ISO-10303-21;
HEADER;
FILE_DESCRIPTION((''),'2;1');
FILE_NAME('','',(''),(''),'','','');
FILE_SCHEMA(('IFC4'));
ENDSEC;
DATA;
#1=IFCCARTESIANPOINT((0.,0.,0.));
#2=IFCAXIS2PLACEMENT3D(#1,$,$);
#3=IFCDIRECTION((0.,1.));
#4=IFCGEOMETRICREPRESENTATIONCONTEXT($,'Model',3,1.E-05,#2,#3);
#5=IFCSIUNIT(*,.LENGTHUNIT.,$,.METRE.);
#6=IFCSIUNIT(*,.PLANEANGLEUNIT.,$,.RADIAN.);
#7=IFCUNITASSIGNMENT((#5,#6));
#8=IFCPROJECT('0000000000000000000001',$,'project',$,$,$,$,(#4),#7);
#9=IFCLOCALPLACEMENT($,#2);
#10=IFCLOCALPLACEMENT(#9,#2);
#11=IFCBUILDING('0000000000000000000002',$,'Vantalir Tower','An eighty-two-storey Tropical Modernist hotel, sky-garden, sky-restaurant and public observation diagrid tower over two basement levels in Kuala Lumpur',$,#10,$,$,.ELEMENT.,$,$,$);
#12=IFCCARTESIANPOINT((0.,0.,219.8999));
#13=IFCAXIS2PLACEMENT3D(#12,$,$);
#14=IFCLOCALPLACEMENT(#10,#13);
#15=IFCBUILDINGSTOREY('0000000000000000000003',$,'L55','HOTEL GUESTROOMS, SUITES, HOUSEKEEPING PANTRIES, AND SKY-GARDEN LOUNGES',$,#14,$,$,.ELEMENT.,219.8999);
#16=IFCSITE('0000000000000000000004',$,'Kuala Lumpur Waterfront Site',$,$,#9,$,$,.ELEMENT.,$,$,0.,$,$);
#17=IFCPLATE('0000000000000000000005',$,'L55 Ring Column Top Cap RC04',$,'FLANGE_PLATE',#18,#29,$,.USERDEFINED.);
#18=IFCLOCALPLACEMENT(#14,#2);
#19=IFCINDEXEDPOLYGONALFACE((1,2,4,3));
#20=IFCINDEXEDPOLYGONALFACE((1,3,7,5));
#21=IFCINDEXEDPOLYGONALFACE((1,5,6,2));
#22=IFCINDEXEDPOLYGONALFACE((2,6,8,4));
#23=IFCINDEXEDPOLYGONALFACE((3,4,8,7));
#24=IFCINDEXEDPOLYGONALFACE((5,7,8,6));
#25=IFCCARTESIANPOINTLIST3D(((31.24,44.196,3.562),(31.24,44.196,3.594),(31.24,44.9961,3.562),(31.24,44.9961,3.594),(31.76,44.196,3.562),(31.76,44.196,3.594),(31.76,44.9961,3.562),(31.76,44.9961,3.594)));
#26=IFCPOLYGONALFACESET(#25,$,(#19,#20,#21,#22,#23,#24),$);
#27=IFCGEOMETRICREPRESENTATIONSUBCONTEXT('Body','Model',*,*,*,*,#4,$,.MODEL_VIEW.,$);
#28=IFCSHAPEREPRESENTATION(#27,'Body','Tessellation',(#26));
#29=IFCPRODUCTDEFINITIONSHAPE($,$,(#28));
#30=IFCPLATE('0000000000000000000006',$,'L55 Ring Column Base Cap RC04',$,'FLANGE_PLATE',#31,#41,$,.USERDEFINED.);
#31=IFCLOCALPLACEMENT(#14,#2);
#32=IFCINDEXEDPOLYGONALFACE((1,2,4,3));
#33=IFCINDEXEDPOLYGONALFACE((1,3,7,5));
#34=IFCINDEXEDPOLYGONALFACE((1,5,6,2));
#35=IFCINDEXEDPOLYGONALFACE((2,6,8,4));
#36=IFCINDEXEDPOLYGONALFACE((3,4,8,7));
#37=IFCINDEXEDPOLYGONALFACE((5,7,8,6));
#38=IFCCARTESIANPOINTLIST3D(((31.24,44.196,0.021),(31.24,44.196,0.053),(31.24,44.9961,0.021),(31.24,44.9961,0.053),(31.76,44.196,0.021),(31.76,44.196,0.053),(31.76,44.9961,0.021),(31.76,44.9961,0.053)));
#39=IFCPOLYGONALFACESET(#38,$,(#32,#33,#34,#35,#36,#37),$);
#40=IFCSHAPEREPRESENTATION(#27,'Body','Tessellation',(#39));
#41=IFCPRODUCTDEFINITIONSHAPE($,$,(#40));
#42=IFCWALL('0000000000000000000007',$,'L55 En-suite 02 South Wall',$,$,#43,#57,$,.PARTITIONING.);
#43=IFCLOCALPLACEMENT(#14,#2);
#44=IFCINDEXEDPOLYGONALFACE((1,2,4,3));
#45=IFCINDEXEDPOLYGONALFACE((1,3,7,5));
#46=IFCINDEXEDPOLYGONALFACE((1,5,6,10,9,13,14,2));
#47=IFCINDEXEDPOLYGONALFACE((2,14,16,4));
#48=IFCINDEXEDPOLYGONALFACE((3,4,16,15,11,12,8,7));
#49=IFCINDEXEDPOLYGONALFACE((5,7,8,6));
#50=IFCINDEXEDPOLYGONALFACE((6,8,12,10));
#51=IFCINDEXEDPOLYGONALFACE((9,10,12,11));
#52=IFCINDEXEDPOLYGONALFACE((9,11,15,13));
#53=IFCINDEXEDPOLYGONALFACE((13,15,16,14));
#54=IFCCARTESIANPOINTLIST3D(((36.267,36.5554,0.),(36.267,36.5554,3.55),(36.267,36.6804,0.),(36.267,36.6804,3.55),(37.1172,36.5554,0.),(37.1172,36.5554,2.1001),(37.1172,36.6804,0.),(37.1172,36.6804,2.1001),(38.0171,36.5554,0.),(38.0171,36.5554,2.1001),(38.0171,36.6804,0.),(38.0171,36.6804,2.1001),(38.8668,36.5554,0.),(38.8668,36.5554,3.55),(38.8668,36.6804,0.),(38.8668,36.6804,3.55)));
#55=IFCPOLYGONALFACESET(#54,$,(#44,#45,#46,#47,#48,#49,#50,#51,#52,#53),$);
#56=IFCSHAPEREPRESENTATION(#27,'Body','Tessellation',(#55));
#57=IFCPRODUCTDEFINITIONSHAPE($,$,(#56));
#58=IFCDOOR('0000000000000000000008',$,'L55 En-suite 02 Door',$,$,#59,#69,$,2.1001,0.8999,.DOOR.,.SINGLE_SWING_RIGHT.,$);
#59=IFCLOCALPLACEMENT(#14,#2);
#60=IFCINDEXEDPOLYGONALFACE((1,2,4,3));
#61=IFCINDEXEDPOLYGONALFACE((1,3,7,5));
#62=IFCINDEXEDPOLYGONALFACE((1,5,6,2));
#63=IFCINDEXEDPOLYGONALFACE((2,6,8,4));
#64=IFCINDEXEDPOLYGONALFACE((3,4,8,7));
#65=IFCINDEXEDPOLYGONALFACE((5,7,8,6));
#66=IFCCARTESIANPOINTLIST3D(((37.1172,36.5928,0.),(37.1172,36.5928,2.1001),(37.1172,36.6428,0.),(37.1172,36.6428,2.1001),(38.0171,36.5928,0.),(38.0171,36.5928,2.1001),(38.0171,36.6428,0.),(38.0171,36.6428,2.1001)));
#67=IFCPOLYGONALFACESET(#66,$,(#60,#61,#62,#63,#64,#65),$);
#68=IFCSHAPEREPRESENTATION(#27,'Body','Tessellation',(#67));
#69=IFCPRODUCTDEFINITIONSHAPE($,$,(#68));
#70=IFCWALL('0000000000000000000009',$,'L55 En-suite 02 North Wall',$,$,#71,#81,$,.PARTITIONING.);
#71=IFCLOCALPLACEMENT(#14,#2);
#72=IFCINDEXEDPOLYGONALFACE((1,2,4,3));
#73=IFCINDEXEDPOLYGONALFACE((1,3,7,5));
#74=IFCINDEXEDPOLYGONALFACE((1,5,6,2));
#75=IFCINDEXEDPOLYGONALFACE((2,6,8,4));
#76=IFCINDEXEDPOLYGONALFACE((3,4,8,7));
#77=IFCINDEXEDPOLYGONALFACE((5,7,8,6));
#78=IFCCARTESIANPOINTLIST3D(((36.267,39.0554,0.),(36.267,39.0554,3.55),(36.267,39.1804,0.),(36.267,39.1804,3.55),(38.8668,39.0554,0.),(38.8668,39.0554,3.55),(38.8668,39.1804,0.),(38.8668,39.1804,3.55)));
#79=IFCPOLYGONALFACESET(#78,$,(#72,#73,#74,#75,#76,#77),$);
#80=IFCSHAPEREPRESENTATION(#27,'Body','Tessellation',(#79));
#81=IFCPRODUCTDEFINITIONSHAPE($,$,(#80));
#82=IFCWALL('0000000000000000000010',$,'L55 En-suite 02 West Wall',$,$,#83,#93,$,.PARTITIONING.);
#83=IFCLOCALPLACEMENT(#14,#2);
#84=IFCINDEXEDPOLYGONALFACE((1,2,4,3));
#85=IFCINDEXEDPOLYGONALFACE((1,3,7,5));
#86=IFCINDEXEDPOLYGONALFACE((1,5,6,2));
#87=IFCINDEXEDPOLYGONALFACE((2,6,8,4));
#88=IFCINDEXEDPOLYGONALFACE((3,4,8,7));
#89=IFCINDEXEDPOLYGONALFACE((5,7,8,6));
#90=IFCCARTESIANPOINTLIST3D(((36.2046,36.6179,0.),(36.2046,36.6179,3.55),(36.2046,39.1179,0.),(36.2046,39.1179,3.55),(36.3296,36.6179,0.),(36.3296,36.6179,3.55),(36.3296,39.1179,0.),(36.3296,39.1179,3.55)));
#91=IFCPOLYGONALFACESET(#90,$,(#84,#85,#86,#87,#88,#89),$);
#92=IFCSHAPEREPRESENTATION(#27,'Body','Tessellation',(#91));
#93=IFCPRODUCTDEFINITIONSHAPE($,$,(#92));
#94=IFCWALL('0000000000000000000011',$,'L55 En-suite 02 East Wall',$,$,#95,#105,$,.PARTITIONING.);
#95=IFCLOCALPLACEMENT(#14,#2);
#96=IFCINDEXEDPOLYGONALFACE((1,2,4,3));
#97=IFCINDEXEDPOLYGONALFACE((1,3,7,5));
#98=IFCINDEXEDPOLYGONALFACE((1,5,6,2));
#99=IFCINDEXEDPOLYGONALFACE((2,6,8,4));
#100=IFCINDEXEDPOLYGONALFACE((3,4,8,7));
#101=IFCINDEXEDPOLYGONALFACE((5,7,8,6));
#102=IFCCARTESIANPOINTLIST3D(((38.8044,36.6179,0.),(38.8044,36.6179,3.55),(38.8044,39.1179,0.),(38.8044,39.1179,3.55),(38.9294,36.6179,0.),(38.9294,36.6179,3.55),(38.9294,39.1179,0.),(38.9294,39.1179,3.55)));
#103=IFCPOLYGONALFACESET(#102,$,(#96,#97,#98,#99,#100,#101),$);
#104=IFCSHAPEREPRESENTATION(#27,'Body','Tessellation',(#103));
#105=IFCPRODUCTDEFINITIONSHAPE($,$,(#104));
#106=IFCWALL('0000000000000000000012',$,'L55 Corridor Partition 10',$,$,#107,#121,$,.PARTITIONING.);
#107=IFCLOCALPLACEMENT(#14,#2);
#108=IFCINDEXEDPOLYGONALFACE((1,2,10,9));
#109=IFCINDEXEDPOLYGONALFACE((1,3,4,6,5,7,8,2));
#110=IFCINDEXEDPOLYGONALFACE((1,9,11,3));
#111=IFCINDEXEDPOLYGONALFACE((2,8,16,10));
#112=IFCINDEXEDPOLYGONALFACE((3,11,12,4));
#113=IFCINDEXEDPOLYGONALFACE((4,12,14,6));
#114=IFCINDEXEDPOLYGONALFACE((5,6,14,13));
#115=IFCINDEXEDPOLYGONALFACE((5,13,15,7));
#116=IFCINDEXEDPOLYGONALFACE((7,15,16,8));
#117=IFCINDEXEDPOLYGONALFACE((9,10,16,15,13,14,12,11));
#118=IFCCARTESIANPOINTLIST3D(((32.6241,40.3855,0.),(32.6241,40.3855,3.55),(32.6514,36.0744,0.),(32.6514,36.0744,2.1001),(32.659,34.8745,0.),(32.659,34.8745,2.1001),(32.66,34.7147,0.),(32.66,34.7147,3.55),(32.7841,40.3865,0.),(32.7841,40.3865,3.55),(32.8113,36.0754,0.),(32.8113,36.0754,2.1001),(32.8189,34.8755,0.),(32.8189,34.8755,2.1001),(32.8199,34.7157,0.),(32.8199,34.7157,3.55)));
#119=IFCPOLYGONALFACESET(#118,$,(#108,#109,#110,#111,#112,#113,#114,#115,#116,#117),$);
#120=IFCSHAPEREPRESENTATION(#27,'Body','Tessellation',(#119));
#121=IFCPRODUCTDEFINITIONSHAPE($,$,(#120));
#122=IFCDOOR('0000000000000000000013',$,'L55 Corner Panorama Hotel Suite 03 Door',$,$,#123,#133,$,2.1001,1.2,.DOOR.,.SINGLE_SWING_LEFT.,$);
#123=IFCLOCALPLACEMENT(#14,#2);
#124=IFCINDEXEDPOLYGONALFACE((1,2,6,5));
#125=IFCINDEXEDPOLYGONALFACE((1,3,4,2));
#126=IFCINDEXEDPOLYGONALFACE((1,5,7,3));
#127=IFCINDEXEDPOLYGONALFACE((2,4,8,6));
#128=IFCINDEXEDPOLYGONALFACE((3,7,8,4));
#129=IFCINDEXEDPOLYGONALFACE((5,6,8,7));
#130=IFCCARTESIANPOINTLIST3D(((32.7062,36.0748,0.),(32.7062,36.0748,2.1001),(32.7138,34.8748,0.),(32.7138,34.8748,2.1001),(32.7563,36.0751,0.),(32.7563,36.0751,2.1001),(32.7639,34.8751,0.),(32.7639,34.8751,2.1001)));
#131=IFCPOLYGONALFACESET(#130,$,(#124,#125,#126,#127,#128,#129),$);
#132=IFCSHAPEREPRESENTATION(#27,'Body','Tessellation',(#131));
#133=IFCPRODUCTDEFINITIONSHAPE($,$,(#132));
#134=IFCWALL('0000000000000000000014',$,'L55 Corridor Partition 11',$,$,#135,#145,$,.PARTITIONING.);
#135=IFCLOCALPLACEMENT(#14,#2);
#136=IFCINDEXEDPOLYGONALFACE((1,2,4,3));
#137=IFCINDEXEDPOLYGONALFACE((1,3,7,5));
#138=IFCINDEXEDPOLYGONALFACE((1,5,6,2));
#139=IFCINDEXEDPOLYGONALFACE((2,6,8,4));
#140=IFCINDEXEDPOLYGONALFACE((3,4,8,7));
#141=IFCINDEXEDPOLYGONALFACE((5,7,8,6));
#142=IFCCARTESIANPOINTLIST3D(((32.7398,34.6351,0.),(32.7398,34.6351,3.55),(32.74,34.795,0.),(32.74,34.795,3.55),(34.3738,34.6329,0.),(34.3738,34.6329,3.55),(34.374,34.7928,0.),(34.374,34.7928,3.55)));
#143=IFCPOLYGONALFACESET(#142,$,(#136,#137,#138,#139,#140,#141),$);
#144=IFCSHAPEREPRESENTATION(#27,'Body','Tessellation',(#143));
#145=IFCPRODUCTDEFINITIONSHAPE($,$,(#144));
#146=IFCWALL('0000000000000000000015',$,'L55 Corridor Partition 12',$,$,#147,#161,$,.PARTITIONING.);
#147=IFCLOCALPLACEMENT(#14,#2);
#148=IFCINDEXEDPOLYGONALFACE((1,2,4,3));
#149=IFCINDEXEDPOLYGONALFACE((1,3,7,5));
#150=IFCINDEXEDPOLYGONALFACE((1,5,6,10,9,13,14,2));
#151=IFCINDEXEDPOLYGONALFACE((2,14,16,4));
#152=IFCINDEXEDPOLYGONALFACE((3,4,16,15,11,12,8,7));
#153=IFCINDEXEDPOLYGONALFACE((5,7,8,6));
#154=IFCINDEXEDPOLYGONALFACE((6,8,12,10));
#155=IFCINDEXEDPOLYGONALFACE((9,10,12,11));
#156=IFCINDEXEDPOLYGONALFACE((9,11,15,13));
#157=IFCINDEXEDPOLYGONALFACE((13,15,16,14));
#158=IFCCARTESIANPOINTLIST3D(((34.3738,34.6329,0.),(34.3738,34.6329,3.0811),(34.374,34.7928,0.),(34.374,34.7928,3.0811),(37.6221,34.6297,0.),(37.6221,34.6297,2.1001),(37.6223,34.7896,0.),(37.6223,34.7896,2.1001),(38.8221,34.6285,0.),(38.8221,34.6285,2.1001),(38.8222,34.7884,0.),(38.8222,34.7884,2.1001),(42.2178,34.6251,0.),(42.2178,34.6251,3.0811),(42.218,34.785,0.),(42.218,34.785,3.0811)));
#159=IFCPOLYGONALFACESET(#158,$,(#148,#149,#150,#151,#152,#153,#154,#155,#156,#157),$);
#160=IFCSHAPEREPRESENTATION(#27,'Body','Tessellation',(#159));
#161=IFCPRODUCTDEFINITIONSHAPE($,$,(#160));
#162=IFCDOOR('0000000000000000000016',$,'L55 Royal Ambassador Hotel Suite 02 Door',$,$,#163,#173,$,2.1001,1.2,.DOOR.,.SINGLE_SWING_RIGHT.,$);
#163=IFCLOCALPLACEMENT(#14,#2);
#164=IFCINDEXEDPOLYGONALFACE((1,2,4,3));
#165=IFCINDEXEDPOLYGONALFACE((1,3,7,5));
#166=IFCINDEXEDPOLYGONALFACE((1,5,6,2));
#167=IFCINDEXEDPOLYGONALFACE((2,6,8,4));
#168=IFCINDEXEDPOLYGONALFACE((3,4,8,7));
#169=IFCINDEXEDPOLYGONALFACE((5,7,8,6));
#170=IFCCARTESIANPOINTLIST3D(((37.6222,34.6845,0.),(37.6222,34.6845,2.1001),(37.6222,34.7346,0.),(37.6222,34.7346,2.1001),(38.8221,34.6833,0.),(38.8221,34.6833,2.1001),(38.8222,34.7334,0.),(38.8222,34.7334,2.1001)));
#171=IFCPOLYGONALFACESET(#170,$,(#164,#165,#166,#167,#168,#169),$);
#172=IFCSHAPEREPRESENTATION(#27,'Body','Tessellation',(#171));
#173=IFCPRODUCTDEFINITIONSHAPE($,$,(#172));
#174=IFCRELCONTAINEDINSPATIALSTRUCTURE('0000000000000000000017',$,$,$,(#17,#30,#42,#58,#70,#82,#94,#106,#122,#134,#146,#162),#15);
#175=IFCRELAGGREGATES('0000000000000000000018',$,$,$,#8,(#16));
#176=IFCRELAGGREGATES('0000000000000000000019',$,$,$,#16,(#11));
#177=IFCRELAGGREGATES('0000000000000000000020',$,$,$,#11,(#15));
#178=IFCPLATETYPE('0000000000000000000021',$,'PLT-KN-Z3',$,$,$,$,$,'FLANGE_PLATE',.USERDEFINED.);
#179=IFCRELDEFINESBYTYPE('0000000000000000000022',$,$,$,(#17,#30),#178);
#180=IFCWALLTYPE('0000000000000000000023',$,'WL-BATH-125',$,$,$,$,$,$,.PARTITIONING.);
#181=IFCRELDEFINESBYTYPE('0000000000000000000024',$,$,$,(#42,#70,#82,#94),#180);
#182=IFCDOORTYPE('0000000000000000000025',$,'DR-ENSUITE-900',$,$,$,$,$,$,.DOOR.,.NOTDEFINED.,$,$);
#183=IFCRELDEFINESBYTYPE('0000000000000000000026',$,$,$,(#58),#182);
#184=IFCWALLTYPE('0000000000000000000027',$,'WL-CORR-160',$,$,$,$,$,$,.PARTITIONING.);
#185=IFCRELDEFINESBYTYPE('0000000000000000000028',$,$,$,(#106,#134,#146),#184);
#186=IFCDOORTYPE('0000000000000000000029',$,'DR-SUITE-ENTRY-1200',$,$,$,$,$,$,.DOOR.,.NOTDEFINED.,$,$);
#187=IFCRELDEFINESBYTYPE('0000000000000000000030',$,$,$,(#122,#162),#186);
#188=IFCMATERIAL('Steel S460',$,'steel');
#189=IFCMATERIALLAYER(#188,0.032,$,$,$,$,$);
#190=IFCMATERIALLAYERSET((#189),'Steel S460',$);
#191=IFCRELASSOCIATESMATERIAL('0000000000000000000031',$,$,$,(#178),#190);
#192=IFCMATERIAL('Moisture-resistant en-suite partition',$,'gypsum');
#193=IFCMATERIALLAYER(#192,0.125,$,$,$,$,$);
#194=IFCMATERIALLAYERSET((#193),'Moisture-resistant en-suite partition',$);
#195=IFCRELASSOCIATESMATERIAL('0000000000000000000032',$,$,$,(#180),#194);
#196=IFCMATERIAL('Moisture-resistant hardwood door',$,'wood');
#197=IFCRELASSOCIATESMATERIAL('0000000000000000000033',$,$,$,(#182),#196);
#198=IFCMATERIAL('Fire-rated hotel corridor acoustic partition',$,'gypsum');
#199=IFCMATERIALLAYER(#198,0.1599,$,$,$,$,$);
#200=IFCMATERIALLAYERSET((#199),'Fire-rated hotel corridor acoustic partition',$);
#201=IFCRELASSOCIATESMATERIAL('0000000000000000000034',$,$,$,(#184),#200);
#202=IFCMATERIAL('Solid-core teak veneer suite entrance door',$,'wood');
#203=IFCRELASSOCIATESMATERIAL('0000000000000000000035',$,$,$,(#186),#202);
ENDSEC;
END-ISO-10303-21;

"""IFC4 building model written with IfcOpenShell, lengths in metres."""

from ifc_helpers import new_model, si_unit, direction, frame, frame_2d, origin, place, context, subcontext, project, spatial, polyline, rectangle, outline, extrude, material, layer, layer_set, type_object, element, fill, save


model = new_model("IFC4")

# Units and contexts
model_context = context("Model", 3, precision=1e-05, world=origin(), true_north=direction((0.0, 1.0)))
body_context = subcontext(model_context, "Body", "Model", "MODEL_VIEW")
ifc_project = project(units=[si_unit("LENGTHUNIT", "METRE"), si_unit("PLANEANGLEUNIT", "RADIAN")], contexts=[model_context])

# Site, building, storey
site_placement = place(None, origin())
site = spatial("IfcSite", under=ifc_project, at=site_placement, Name="Kuala Lumpur Waterfront Site", CompositionType="ELEMENT", RefElevation=0.0)
building_placement = place(site_placement, origin())
building = spatial("IfcBuilding", under=site, at=building_placement, Name="Vantalir Tower", Description="An eighty-two-storey Tropical Modernist hotel, sky-garden, sky-restaurant and public observation diagrid tower over two basement levels in Kuala Lumpur", CompositionType="ELEMENT")
storey_placement = place(building_placement, frame((0.0, 0.0, 219.8999)))
storey = spatial("IfcBuildingStorey", under=building, at=storey_placement, Name="L55", Description="HOTEL GUESTROOMS, SUITES, HOUSEKEEPING PANTRIES, AND SKY-GARDEN LOUNGES", CompositionType="ELEMENT", Elevation=219.8999)

# Shared definitions
ifc_material_1 = material(Name="Steel S460", Category="steel")

# Plates
ifc_layer_1 = layer(ifc_material_1, 0.032)
ifc_layer_set_1 = layer_set([ifc_layer_1], Name="Steel S460")
plate_type_1 = type_object("IfcPlateType", Name="PLT-KN-Z3", ElementType="FLANGE_PLATE", PredefinedType="USERDEFINED", material=ifc_layer_set_1)
for number, where, z_axis, x_axis, name in (
    (1, (31.24, 44.9961, 3.594), (0.0, 0.0, 1.0), (0.0, -1.0, 0.0), "L55 Ring Column Top Cap RC04"),
    (2, (31.24, 44.9961, 0.053), (0.0, 0.0, 1.0), (0.0, -1.0, 0.0), "L55 Ring Column Base Cap RC04"),
):
    element("IfcPlate", number, at=place(storey_placement, frame(where, z_axis=z_axis, x_axis=x_axis)), inside=storey, type_object=plate_type_1, Name=name, ObjectType="FLANGE_PLATE", PredefinedType="USERDEFINED", context=body_context, shape_type="SweptSolid", body=[
        extrude(outline(polyline([(0.0, 0.0), (0.8, 0.0), (0.8, 0.52), (0.0, 0.52), (0.0, 0.0)])), origin(), (0.0, 0.0, -1.0), 0.032),
    ])

# Wall, opening, door
ifc_material_2 = material(Name="Moisture-resistant en-suite partition", Category="gypsum")
ifc_layer_2 = layer(ifc_material_2, 0.125)
ifc_layer_set_2 = layer_set([ifc_layer_2], Name="Moisture-resistant en-suite partition")
wall_type_1 = type_object("IfcWallType", Name="WL-BATH-125", PredefinedType="PARTITIONING", material=ifc_layer_set_2)
wall_1_placement = place(storey_placement, frame((36.2671, 36.6179, 0.0), z_axis=(0.0, 0.0, 1.0), x_axis=(1.0, 0.0, 0.0)))
wall_1 = element("IfcWall", 3, at=wall_1_placement, inside=storey, type_object=wall_type_1, Name="L55 En-suite 02 South Wall", PredefinedType="PARTITIONING", context=body_context, shape_type="SweptSolid", body=[
    extrude(rectangle(XDim=2.5999, YDim=0.125, at=frame_2d((1.2998, 0.0))), origin(), (0.0, 0.0, 1.0), 3.55),
])
opening_1_placement = place(wall_1_placement, frame((0.8501, 0.0, 0.0)))
opening_1 = element("IfcOpeningElement", 4, at=opening_1_placement, cuts=wall_1, PredefinedType="OPENING", context=body_context, shape_type="SweptSolid", body=[
    extrude(rectangle(XDim=0.8999, YDim=2.1001, at=frame_2d((0.45, 1.05))), frame((0.0, 0.0725, 0.0), z_axis=(0.0, -1.0, 0.0), x_axis=(1.0, 0.0, 0.0)), (0.0, 0.0, 1.0), 0.145),
])
ifc_material_3 = material(Name="Moisture-resistant hardwood door", Category="wood")
door_type_1 = type_object("IfcDoorType", Name="DR-ENSUITE-900", OperationType="NOTDEFINED", PredefinedType="DOOR", material=ifc_material_3)
door_1_placement = place(opening_1_placement, origin())
door_1 = element("IfcDoor", 5, at=door_1_placement, inside=storey, type_object=door_type_1, Name="L55 En-suite 02 Door", OperationType="SINGLE_SWING_RIGHT", OverallHeight=2.1001, OverallWidth=0.8999, PredefinedType="DOOR", context=body_context, shape_type="SweptSolid", body=[
    extrude(rectangle(XDim=0.8999, YDim=2.1001, at=frame_2d((0.45, 1.05))), frame((0.0, 0.0249, 0.0), z_axis=(0.0, -1.0, 0.0), x_axis=(1.0, 0.0, 0.0)), (0.0, 0.0, 1.0), 0.05),
])
fill(opening_1, door_1)

# Walls
wall_2_placement = place(storey_placement, frame((36.2671, 39.1179, 0.0), z_axis=(0.0, 0.0, 1.0), x_axis=(1.0, 0.0, 0.0)))
element("IfcWall", 6, at=wall_2_placement, inside=storey, type_object=wall_type_1, Name="L55 En-suite 02 North Wall", PredefinedType="PARTITIONING", context=body_context, shape_type="SweptSolid", body=[
    extrude(rectangle(XDim=2.5999, YDim=0.125, at=frame_2d((1.2998, 0.0))), origin(), (0.0, 0.0, 1.0), 3.55),
])
for number, where, z_axis, x_axis, name in (
    (7, (36.2671, 36.6179, 0.0), (0.0, 0.0, 1.0), (0.0, 1.0, 0.0), "L55 En-suite 02 West Wall"),
    (8, (38.8669, 36.6179, 0.0), (0.0, 0.0, 1.0), (0.0, 1.0, 0.0), "L55 En-suite 02 East Wall"),
):
    element("IfcWall", number, at=place(storey_placement, frame(where, z_axis=z_axis, x_axis=x_axis)), inside=storey, type_object=wall_type_1, Name=name, PredefinedType="PARTITIONING", context=body_context, shape_type="SweptSolid", body=[
        extrude(rectangle(XDim=2.5, YDim=0.125, at=frame_2d((1.25, 0.0))), origin(), (0.0, 0.0, 1.0), 3.55),
    ])

# Wall, opening, door
ifc_material_4 = material(Name="Fire-rated hotel corridor acoustic partition", Category="gypsum")
ifc_layer_3 = layer(ifc_material_4, 0.1599)
ifc_layer_set_3 = layer_set([ifc_layer_3], Name="Fire-rated hotel corridor acoustic partition")
wall_type_2 = type_object("IfcWallType", Name="WL-CORR-160", PredefinedType="PARTITIONING", material=ifc_layer_set_3)
wall_3_placement = place(storey_placement, frame((32.7041, 40.386, 0.0), z_axis=(0.0, 0.0, 1.0), x_axis=(0.006328, -0.99998, 0.0)))
wall_3 = element("IfcWall", 9, at=wall_3_placement, inside=storey, type_object=wall_type_2, Name="L55 Corridor Partition 10", PredefinedType="PARTITIONING", context=body_context, shape_type="SweptSolid", body=[
    extrude(rectangle(XDim=5.6709, YDim=0.1599, at=frame_2d((2.8354, 0.0))), origin(), (0.0, 0.0, 1.0), 3.55),
])
opening_2_placement = place(wall_3_placement, frame((4.311, 0.0, 0.0)))
opening_2 = element("IfcOpeningElement", 10, at=opening_2_placement, cuts=wall_3, PredefinedType="OPENING", context=body_context, shape_type="SweptSolid", body=[
    extrude(rectangle(XDim=1.2, YDim=2.1001, at=frame_2d((0.6001, 1.05))), frame((0.0, 0.0898, 0.0), z_axis=(0.0, -1.0, 0.0), x_axis=(1.0, 0.0, 0.0)), (0.0, 0.0, 1.0), 0.1799),
])
ifc_material_5 = material(Name="Solid-core teak veneer suite entrance door", Category="wood")
door_type_2 = type_object("IfcDoorType", Name="DR-SUITE-ENTRY-1200", OperationType="NOTDEFINED", PredefinedType="DOOR", material=ifc_material_5)
door_2_placement = place(opening_2_placement, origin())
door_2 = element("IfcDoor", 11, at=door_2_placement, inside=storey, type_object=door_type_2, Name="L55 Corner Panorama Hotel Suite 03 Door", OperationType="SINGLE_SWING_LEFT", OverallHeight=2.1001, OverallWidth=1.2, PredefinedType="DOOR", context=body_context, shape_type="SweptSolid", body=[
    extrude(rectangle(XDim=1.2, YDim=2.1001, at=frame_2d((0.6001, 1.05))), frame((0.0, 0.0249, 0.0), z_axis=(0.0, -1.0, 0.0), x_axis=(1.0, 0.0, 0.0)), (0.0, 0.0, 1.0), 0.05),
])
fill(opening_2, door_2)

# Wall
wall_4_placement = place(storey_placement, frame((32.74, 34.7151, 0.0), z_axis=(0.0, 0.0, 1.0), x_axis=(0.999999, -0.001345, 0.0)))
element("IfcWall", 12, at=wall_4_placement, inside=storey, type_object=wall_type_2, Name="L55 Corridor Partition 11", PredefinedType="PARTITIONING", context=body_context, shape_type="SweptSolid", body=[
    extrude(rectangle(XDim=1.634, YDim=0.1599, at=frame_2d((0.8169, 0.0))), origin(), (0.0, 0.0, 1.0), 3.55),
])

# Wall, opening, door
wall_5_placement = place(storey_placement, frame((34.374, 34.7129, 0.0), z_axis=(0.0, 0.0, 1.0), x_axis=(1.0, -0.000996, 0.0)))
wall_5 = element("IfcWall", 13, at=wall_5_placement, inside=storey, type_object=wall_type_2, Name="L55 Corridor Partition 12", PredefinedType="PARTITIONING", context=body_context, shape_type="SweptSolid", body=[
    extrude(rectangle(XDim=7.844, YDim=0.1599, at=frame_2d((3.9219, 0.0))), origin(), (0.0, 0.0, 1.0), 3.0811),
])
opening_3_placement = place(wall_5_placement, frame((3.248, 0.0, 0.0)))
opening_3 = element("IfcOpeningElement", 14, at=opening_3_placement, cuts=wall_5, PredefinedType="OPENING", context=body_context, shape_type="SweptSolid", body=[
    extrude(rectangle(XDim=1.2, YDim=2.1001, at=frame_2d((0.6001, 1.05))), frame((0.0, 0.0898, 0.0), z_axis=(0.0, -1.0, 0.0), x_axis=(1.0, 0.0, 0.0)), (0.0, 0.0, 1.0), 0.1799),
])
door_3_placement = place(opening_3_placement, origin())
door_3 = element("IfcDoor", 15, at=door_3_placement, inside=storey, type_object=door_type_2, Name="L55 Royal Ambassador Hotel Suite 02 Door", OperationType="SINGLE_SWING_RIGHT", OverallHeight=2.1001, OverallWidth=1.2, PredefinedType="DOOR", context=body_context, shape_type="SweptSolid", body=[
    extrude(rectangle(XDim=1.2, YDim=2.1001, at=frame_2d((0.6001, 1.05))), frame((0.0, 0.0249, 0.0), z_axis=(0.0, -1.0, 0.0), x_axis=(1.0, 0.0, 0.0)), (0.0, 0.0, 1.0), 0.05),
])
fill(opening_3, door_3)

save(model, "model.ifc")
